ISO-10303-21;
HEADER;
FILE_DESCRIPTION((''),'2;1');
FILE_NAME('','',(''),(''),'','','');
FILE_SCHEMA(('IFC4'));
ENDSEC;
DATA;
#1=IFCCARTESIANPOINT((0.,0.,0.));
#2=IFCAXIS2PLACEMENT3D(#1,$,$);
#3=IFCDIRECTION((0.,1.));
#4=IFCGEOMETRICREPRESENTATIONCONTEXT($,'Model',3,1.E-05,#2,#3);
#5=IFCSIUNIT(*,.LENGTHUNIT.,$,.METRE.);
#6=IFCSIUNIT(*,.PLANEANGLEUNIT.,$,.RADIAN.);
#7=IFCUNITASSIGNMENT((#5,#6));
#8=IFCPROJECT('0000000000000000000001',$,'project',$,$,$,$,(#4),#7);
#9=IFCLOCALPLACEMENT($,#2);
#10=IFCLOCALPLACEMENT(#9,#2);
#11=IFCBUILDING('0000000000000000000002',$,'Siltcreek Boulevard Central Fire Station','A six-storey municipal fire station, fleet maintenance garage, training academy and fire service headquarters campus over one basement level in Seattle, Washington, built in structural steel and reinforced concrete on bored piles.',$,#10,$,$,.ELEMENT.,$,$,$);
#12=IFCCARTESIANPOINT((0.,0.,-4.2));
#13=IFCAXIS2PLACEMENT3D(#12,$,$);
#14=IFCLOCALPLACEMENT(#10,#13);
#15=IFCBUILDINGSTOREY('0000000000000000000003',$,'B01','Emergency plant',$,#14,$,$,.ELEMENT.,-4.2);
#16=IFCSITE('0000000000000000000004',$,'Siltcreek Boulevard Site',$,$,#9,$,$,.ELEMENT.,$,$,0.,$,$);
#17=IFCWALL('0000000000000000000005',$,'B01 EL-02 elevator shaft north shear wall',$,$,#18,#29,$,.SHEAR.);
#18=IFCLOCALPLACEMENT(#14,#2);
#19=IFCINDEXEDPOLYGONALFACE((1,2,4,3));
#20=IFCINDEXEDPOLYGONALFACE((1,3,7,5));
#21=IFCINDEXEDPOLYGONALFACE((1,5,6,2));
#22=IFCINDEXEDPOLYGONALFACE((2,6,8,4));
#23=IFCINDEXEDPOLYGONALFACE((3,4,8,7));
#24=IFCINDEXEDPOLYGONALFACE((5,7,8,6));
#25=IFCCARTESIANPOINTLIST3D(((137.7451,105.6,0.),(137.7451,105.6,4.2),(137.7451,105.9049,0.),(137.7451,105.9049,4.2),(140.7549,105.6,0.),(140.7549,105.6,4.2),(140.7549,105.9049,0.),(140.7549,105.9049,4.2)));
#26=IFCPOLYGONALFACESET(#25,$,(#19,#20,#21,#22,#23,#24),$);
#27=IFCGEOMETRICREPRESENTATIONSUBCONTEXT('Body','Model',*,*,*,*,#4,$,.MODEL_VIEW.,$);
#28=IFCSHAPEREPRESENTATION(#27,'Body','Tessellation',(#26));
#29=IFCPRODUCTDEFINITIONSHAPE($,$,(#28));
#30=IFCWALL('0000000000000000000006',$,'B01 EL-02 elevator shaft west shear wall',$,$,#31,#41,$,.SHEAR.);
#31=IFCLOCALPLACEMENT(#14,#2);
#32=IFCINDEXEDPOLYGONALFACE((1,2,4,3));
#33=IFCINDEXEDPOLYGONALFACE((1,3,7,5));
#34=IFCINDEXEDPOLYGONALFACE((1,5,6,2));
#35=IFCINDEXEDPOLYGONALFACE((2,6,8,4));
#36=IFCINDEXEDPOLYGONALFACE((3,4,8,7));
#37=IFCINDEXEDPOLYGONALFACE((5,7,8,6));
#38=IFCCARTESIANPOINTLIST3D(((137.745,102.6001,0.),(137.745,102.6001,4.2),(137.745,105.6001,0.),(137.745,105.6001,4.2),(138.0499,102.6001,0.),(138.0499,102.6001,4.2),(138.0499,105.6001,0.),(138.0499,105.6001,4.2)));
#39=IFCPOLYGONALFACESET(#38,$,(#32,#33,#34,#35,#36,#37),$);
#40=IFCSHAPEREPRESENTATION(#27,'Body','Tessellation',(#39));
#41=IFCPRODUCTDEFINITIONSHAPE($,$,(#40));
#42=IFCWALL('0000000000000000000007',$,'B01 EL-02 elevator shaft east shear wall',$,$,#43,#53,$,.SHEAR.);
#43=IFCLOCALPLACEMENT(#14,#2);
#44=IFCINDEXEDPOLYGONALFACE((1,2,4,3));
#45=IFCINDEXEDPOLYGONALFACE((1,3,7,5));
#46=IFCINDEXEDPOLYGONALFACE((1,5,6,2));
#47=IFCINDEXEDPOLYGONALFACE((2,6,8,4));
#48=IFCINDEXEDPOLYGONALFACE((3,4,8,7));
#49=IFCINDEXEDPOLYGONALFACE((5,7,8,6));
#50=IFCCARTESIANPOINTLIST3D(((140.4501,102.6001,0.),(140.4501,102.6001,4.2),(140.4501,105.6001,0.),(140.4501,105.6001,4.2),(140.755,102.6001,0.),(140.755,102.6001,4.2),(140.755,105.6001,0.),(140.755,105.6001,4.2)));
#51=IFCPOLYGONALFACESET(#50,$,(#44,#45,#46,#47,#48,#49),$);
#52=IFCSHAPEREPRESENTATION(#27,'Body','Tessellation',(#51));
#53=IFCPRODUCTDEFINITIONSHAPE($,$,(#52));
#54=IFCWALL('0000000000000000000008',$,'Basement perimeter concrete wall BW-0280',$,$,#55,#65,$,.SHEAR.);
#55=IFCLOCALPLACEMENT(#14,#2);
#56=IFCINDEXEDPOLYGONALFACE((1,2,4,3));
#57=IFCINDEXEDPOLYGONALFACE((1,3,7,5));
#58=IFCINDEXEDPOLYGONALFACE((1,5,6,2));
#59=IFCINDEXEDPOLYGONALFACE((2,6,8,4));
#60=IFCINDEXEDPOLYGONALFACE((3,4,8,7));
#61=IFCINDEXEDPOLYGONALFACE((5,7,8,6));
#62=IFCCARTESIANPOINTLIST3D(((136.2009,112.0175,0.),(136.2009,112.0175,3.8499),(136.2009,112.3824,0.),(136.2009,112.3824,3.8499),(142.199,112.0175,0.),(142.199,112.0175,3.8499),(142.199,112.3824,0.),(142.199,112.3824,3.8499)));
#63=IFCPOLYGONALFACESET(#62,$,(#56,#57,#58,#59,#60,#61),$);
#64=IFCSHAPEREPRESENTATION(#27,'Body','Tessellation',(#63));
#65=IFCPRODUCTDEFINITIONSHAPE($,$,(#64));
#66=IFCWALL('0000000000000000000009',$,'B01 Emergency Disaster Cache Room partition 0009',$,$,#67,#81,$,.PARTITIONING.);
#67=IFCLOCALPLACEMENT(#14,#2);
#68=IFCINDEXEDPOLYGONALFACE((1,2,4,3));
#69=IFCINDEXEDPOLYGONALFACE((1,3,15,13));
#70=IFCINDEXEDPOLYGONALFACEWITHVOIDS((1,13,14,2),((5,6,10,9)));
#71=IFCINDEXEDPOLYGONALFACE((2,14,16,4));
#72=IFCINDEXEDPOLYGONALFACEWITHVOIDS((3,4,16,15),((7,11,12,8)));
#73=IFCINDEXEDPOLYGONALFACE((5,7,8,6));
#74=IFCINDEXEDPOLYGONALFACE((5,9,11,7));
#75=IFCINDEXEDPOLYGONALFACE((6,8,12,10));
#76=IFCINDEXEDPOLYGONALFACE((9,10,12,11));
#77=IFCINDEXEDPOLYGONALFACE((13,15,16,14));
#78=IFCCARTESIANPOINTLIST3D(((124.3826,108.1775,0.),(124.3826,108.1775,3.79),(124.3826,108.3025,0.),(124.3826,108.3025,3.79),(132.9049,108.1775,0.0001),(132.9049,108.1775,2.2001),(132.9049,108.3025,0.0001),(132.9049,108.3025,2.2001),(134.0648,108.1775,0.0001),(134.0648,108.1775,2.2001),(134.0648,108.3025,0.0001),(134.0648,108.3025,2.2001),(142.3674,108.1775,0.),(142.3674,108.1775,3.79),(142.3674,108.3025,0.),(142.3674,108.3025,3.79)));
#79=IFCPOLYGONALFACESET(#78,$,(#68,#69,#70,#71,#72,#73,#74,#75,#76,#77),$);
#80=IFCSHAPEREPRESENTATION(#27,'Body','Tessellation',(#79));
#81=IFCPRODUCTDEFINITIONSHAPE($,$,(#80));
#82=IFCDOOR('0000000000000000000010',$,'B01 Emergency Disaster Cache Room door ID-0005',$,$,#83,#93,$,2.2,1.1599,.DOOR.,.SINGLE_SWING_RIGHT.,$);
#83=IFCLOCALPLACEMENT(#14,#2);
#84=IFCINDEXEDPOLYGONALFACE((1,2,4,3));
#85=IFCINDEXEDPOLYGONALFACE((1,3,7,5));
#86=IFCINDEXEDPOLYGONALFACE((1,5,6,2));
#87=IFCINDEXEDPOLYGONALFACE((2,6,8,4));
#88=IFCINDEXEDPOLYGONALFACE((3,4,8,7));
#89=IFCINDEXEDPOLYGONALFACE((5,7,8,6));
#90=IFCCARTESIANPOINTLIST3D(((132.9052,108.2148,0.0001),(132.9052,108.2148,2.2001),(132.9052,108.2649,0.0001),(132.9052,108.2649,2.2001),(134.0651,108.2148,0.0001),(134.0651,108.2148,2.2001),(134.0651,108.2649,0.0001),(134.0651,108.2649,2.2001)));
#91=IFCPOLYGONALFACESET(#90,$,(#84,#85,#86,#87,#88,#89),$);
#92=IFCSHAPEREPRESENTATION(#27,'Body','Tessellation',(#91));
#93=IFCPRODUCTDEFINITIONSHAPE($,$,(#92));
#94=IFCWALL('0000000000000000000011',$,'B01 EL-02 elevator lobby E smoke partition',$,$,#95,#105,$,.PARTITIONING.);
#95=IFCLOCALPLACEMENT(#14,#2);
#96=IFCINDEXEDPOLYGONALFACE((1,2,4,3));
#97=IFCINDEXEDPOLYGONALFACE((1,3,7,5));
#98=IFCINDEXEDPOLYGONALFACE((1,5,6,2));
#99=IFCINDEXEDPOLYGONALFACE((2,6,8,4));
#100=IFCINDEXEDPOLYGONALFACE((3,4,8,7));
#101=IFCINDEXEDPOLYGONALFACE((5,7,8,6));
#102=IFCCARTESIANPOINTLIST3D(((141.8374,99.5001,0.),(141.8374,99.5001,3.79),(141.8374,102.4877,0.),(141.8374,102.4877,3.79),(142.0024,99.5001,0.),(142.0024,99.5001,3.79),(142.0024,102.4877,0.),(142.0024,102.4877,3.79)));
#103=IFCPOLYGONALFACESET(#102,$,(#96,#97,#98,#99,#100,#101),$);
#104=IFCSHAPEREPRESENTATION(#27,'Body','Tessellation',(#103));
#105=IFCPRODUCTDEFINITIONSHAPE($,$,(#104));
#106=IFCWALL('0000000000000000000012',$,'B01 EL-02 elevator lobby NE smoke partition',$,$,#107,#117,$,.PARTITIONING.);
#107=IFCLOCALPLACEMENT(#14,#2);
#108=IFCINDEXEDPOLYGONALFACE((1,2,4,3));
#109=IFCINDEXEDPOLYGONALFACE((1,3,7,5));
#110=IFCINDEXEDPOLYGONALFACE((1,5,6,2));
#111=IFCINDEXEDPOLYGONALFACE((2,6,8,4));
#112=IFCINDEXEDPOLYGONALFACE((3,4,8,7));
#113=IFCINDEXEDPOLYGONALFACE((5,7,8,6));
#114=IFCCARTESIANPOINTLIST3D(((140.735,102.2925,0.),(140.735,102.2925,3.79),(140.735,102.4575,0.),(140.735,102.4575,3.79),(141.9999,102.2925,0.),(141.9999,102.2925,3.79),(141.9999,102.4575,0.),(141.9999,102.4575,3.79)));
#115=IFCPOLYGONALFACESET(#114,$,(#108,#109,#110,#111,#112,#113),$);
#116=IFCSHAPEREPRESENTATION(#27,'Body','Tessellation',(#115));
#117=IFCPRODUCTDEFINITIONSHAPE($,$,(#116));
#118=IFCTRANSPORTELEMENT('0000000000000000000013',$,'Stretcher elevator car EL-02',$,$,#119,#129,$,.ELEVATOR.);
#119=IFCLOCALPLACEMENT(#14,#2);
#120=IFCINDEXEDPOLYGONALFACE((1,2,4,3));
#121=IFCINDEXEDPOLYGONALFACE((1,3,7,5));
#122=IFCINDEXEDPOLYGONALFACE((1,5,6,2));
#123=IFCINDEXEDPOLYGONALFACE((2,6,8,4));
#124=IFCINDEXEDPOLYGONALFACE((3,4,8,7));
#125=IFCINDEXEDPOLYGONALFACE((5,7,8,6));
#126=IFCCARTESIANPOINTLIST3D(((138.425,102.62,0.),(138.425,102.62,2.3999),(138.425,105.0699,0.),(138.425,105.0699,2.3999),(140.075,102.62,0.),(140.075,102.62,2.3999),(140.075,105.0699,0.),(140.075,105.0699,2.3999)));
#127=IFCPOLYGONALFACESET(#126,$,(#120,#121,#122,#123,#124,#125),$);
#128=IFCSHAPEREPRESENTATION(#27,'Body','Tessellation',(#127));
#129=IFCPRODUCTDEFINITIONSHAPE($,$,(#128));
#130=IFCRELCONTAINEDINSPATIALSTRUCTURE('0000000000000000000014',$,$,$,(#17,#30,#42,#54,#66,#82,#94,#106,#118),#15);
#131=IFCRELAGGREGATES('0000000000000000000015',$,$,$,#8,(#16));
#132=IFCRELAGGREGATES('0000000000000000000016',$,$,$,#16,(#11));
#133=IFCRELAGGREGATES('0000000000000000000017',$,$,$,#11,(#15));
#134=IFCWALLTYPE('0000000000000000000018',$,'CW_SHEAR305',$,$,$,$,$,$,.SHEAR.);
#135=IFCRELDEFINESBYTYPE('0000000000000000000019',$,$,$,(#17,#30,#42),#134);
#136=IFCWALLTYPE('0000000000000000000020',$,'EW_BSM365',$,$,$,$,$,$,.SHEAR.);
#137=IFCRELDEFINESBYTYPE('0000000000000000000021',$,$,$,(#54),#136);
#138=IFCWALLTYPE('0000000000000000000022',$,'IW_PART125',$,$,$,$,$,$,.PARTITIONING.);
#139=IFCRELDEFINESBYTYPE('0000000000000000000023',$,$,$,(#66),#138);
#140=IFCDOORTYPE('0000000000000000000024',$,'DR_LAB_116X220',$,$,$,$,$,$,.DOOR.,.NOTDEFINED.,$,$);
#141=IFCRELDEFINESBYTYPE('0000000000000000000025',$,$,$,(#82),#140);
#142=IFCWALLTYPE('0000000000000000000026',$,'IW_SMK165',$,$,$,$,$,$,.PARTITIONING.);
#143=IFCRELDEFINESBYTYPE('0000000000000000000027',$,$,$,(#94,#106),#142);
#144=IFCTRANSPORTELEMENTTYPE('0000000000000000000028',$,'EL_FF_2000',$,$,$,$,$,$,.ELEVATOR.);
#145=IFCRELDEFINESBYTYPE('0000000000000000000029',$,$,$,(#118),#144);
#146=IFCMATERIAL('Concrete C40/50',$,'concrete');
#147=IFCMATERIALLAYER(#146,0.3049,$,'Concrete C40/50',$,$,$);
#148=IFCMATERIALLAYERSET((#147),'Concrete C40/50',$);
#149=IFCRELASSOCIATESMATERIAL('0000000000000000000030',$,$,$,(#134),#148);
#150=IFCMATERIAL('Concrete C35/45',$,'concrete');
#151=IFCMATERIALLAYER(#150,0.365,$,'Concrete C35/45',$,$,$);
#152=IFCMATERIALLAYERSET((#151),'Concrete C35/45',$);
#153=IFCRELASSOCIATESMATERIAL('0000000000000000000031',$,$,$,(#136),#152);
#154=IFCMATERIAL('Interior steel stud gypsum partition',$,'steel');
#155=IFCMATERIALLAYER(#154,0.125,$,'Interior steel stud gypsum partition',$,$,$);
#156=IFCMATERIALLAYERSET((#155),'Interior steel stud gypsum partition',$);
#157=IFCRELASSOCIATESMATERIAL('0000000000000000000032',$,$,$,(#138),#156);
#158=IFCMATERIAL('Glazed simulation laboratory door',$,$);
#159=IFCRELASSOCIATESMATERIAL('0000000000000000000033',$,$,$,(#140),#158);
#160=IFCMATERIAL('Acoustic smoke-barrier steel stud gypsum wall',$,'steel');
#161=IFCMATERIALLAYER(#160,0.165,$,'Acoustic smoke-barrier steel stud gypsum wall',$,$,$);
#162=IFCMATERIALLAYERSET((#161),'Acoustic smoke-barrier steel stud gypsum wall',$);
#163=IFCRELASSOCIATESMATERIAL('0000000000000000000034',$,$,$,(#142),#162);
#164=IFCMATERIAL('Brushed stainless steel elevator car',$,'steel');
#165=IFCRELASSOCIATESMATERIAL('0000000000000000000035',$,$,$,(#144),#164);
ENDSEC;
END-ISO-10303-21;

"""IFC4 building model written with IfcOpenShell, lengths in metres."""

from ifc_helpers import new_model, si_unit, direction, frame, frame_2d, origin, origin_2d, place, context, subcontext, project, spatial, rectangle, extrude, material, layer, layer_set, type_object, element, fill, save


model = new_model("IFC4")

# Units and contexts
model_context = context("Model", 3, precision=1e-05, world=origin(), true_north=direction((0.0, 1.0)))
body_context = subcontext(model_context, "Body", "Model", "MODEL_VIEW")
ifc_project = project(units=[si_unit("LENGTHUNIT", "METRE"), si_unit("PLANEANGLEUNIT", "RADIAN")], contexts=[model_context])

# Site, building, storey
site_placement = place(None, origin())
site = spatial("IfcSite", under=ifc_project, at=site_placement, Name="Siltcreek Boulevard Site", CompositionType="ELEMENT", RefElevation=0.0)
building_placement = place(site_placement, origin())
building = spatial("IfcBuilding", under=site, at=building_placement, Name="Siltcreek Boulevard Central Fire Station", Description="A six-storey municipal fire station, fleet maintenance garage, training academy and fire service headquarters campus over one basement level in Seattle, Washington, built in structural steel and reinforced concrete on bored piles.", CompositionType="ELEMENT")
storey_placement = place(building_placement, frame((0.0, 0.0, -4.2)))
storey = spatial("IfcBuildingStorey", under=building, at=storey_placement, Name="B01", Description="Emergency plant", CompositionType="ELEMENT", Elevation=-4.2)

# Shared definitions
ifc_material_1 = material(Name="Concrete C35/45", Category="concrete")

# Shared definitions
ifc_material_2 = material(Name="Concrete C40/50", Category="concrete")
ifc_layer_1 = layer(ifc_material_2, 0.3049, Name="Concrete C40/50")
ifc_layer_set_1 = layer_set([ifc_layer_1], Name="Concrete C40/50")
wall_type_1 = type_object("IfcWallType", Name="CW_SHEAR305", PredefinedType="SHEAR", material=ifc_layer_set_1)

# Walls
wall_1_placement = place(storey_placement, frame((140.7549, 105.7524, 0.0), z_axis=(0.0, 0.0, 1.0), x_axis=(-1.0, 0.0, 0.0)))
element("IfcWall", 1, at=wall_1_placement, inside=storey, type_object=wall_type_1, Name="B01 EL-02 elevator shaft north shear wall", PredefinedType="SHEAR", context=body_context, shape_type="SweptSolid", body=[
    extrude(rectangle(XDim=3.0098, YDim=0.3049, at=frame_2d((1.5049, 0.0))), origin(), (0.0, 0.0, 1.0), 4.2),
])
for number, where, z_axis, x_axis, name in (
    (2, (137.8975, 105.6001, 0.0), (0.0, 0.0, 1.0), (0.0, -1.0, 0.0), "B01 EL-02 elevator shaft west shear wall"),
    (3, (140.6025, 102.6001, 0.0), (0.0, 0.0, 1.0), (0.0, 1.0, 0.0), "B01 EL-02 elevator shaft east shear wall"),
):
    element("IfcWall", number, at=place(storey_placement, frame(where, z_axis=z_axis, x_axis=x_axis)), inside=storey, type_object=wall_type_1, Name=name, PredefinedType="SHEAR", context=body_context, shape_type="SweptSolid", body=[
        extrude(rectangle(XDim=3.0, YDim=0.3049, at=frame_2d((1.5, 0.0))), origin(), (0.0, 0.0, 1.0), 4.2),
    ])
ifc_layer_2 = layer(ifc_material_1, 0.365, Name="Concrete C35/45")
ifc_layer_set_2 = layer_set([ifc_layer_2], Name="Concrete C35/45")
wall_type_2 = type_object("IfcWallType", Name="EW_BSM365", PredefinedType="SHEAR", material=ifc_layer_set_2)
wall_2_placement = place(storey_placement, frame((142.199, 112.2, 0.0), z_axis=(0.0, 0.0, 1.0), x_axis=(-1.0, 0.0, 0.0)))
element("IfcWall", 4, at=wall_2_placement, inside=storey, type_object=wall_type_2, Name="Basement perimeter concrete wall BW-0280", PredefinedType="SHEAR", context=body_context, shape_type="SweptSolid", body=[
    extrude(rectangle(XDim=5.998, YDim=0.365, at=frame_2d((2.999, 0.0))), origin(), (0.0, 0.0, 1.0), 3.8499),
])

# Wall, opening, door
ifc_material_3 = material(Name="Interior steel stud gypsum partition", Category="steel")
ifc_layer_3 = layer(ifc_material_3, 0.125, Name="Interior steel stud gypsum partition")
ifc_layer_set_3 = layer_set([ifc_layer_3], Name="Interior steel stud gypsum partition")
wall_type_3 = type_object("IfcWallType", Name="IW_PART125", PredefinedType="PARTITIONING", material=ifc_layer_set_3)
wall_3_placement = place(storey_placement, frame((142.3674, 108.24, 0.0), z_axis=(0.0, 0.0, 1.0), x_axis=(-1.0, 0.0, 0.0)))
wall_3 = element("IfcWall", 5, at=wall_3_placement, inside=storey, type_object=wall_type_3, Name="B01 Emergency Disaster Cache Room partition 0009", PredefinedType="PARTITIONING", context=body_context, shape_type="SweptSolid", body=[
    extrude(rectangle(XDim=17.9849, YDim=0.125, at=frame_2d((8.9924, 0.0))), origin(), (0.0, 0.0, 1.0), 3.79),
])
opening_1_placement = place(wall_3_placement, frame((8.3025, 0.0, 0.0)))
opening_1 = element("IfcOpeningElement", 6, at=opening_1_placement, cuts=wall_3, PredefinedType="OPENING", context=body_context, shape_type="SweptSolid", body=[
    extrude(rectangle(XDim=1.1599, YDim=2.2, at=frame_2d((0.5801, 1.1001))), frame((0.0, 0.0725, 0.0), z_axis=(0.0, -1.0, 0.0), x_axis=(1.0, 0.0, 0.0)), (0.0, 0.0, 1.0), 0.145),
])
ifc_material_4 = material(Name="Glazed simulation laboratory door")
door_type_1 = type_object("IfcDoorType", Name="DR_LAB_116X220", OperationType="NOTDEFINED", PredefinedType="DOOR", material=ifc_material_4)
door_1_placement = place(opening_1_placement, frame((1.1599, 0.0, 0.0), z_axis=(0.0, 0.0, 1.0), x_axis=(-1.0, 0.0, 0.0)))
door_1 = element("IfcDoor", 7, at=door_1_placement, inside=storey, type_object=door_type_1, Name="B01 Emergency Disaster Cache Room door ID-0005", OperationType="SINGLE_SWING_RIGHT", OverallHeight=2.2, OverallWidth=1.1599, PredefinedType="DOOR", context=body_context, shape_type="SweptSolid", body=[
    extrude(rectangle(XDim=1.1599, YDim=2.2, at=frame_2d((0.5801, 1.1001))), frame((0.0, 0.0249, 0.0), z_axis=(0.0, -1.0, 0.0), x_axis=(1.0, 0.0, 0.0)), (0.0, 0.0, 1.0), 0.05),
])
fill(opening_1, door_1)

# Walls
ifc_material_5 = material(Name="Acoustic smoke-barrier steel stud gypsum wall", Category="steel")
ifc_layer_4 = layer(ifc_material_5, 0.165, Name="Acoustic smoke-barrier steel stud gypsum wall")
ifc_layer_set_4 = layer_set([ifc_layer_4], Name="Acoustic smoke-barrier steel stud gypsum wall")
wall_type_4 = type_object("IfcWallType", Name="IW_SMK165", PredefinedType="PARTITIONING", material=ifc_layer_set_4)
wall_4_placement = place(storey_placement, frame((141.9199, 102.4875, 0.0), z_axis=(0.0, 0.0, 1.0), x_axis=(0.0, -1.0, 0.0)))
element("IfcWall", 8, at=wall_4_placement, inside=storey, type_object=wall_type_4, Name="B01 EL-02 elevator lobby E smoke partition", PredefinedType="PARTITIONING", context=body_context, shape_type="SweptSolid", body=[
    extrude(rectangle(XDim=2.9875, YDim=0.165, at=frame_2d((1.4937, 0.0))), origin(), (0.0, 0.0, 1.0), 3.79),
])
wall_5_placement = place(storey_placement, frame((140.7351, 102.375, 0.0), z_axis=(0.0, 0.0, 1.0), x_axis=(1.0, 0.0, 0.0)))
element("IfcWall", 9, at=wall_5_placement, inside=storey, type_object=wall_type_4, Name="B01 EL-02 elevator lobby NE smoke partition", PredefinedType="PARTITIONING", context=body_context, shape_type="SweptSolid", body=[
    extrude(rectangle(XDim=1.2649, YDim=0.165, at=frame_2d((0.6323, 0.0))), origin(), (0.0, 0.0, 1.0), 3.79),
])

# Transport element
ifc_material_6 = material(Name="Brushed stainless steel elevator car", Category="steel")
transport_element_type = type_object("IfcTransportElementType", Name="EL_FF_2000", PredefinedType="ELEVATOR", material=ifc_material_6)
transport_element_placement = place(storey_placement, frame((139.25, 103.845, 0.0), z_axis=(0.0, 0.0, 1.0), x_axis=(1.0, 0.0, 0.0)))
element("IfcTransportElement", 10, at=transport_element_placement, inside=storey, type_object=transport_element_type, Name="Stretcher elevator car EL-02", PredefinedType="ELEVATOR", context=body_context, shape_type="SweptSolid", body=[
    extrude(rectangle(XDim=1.6499, YDim=2.45, at=origin_2d()), origin(), (0.0, 0.0, 1.0), 2.3999),
])

save(model, "model.ifc")
